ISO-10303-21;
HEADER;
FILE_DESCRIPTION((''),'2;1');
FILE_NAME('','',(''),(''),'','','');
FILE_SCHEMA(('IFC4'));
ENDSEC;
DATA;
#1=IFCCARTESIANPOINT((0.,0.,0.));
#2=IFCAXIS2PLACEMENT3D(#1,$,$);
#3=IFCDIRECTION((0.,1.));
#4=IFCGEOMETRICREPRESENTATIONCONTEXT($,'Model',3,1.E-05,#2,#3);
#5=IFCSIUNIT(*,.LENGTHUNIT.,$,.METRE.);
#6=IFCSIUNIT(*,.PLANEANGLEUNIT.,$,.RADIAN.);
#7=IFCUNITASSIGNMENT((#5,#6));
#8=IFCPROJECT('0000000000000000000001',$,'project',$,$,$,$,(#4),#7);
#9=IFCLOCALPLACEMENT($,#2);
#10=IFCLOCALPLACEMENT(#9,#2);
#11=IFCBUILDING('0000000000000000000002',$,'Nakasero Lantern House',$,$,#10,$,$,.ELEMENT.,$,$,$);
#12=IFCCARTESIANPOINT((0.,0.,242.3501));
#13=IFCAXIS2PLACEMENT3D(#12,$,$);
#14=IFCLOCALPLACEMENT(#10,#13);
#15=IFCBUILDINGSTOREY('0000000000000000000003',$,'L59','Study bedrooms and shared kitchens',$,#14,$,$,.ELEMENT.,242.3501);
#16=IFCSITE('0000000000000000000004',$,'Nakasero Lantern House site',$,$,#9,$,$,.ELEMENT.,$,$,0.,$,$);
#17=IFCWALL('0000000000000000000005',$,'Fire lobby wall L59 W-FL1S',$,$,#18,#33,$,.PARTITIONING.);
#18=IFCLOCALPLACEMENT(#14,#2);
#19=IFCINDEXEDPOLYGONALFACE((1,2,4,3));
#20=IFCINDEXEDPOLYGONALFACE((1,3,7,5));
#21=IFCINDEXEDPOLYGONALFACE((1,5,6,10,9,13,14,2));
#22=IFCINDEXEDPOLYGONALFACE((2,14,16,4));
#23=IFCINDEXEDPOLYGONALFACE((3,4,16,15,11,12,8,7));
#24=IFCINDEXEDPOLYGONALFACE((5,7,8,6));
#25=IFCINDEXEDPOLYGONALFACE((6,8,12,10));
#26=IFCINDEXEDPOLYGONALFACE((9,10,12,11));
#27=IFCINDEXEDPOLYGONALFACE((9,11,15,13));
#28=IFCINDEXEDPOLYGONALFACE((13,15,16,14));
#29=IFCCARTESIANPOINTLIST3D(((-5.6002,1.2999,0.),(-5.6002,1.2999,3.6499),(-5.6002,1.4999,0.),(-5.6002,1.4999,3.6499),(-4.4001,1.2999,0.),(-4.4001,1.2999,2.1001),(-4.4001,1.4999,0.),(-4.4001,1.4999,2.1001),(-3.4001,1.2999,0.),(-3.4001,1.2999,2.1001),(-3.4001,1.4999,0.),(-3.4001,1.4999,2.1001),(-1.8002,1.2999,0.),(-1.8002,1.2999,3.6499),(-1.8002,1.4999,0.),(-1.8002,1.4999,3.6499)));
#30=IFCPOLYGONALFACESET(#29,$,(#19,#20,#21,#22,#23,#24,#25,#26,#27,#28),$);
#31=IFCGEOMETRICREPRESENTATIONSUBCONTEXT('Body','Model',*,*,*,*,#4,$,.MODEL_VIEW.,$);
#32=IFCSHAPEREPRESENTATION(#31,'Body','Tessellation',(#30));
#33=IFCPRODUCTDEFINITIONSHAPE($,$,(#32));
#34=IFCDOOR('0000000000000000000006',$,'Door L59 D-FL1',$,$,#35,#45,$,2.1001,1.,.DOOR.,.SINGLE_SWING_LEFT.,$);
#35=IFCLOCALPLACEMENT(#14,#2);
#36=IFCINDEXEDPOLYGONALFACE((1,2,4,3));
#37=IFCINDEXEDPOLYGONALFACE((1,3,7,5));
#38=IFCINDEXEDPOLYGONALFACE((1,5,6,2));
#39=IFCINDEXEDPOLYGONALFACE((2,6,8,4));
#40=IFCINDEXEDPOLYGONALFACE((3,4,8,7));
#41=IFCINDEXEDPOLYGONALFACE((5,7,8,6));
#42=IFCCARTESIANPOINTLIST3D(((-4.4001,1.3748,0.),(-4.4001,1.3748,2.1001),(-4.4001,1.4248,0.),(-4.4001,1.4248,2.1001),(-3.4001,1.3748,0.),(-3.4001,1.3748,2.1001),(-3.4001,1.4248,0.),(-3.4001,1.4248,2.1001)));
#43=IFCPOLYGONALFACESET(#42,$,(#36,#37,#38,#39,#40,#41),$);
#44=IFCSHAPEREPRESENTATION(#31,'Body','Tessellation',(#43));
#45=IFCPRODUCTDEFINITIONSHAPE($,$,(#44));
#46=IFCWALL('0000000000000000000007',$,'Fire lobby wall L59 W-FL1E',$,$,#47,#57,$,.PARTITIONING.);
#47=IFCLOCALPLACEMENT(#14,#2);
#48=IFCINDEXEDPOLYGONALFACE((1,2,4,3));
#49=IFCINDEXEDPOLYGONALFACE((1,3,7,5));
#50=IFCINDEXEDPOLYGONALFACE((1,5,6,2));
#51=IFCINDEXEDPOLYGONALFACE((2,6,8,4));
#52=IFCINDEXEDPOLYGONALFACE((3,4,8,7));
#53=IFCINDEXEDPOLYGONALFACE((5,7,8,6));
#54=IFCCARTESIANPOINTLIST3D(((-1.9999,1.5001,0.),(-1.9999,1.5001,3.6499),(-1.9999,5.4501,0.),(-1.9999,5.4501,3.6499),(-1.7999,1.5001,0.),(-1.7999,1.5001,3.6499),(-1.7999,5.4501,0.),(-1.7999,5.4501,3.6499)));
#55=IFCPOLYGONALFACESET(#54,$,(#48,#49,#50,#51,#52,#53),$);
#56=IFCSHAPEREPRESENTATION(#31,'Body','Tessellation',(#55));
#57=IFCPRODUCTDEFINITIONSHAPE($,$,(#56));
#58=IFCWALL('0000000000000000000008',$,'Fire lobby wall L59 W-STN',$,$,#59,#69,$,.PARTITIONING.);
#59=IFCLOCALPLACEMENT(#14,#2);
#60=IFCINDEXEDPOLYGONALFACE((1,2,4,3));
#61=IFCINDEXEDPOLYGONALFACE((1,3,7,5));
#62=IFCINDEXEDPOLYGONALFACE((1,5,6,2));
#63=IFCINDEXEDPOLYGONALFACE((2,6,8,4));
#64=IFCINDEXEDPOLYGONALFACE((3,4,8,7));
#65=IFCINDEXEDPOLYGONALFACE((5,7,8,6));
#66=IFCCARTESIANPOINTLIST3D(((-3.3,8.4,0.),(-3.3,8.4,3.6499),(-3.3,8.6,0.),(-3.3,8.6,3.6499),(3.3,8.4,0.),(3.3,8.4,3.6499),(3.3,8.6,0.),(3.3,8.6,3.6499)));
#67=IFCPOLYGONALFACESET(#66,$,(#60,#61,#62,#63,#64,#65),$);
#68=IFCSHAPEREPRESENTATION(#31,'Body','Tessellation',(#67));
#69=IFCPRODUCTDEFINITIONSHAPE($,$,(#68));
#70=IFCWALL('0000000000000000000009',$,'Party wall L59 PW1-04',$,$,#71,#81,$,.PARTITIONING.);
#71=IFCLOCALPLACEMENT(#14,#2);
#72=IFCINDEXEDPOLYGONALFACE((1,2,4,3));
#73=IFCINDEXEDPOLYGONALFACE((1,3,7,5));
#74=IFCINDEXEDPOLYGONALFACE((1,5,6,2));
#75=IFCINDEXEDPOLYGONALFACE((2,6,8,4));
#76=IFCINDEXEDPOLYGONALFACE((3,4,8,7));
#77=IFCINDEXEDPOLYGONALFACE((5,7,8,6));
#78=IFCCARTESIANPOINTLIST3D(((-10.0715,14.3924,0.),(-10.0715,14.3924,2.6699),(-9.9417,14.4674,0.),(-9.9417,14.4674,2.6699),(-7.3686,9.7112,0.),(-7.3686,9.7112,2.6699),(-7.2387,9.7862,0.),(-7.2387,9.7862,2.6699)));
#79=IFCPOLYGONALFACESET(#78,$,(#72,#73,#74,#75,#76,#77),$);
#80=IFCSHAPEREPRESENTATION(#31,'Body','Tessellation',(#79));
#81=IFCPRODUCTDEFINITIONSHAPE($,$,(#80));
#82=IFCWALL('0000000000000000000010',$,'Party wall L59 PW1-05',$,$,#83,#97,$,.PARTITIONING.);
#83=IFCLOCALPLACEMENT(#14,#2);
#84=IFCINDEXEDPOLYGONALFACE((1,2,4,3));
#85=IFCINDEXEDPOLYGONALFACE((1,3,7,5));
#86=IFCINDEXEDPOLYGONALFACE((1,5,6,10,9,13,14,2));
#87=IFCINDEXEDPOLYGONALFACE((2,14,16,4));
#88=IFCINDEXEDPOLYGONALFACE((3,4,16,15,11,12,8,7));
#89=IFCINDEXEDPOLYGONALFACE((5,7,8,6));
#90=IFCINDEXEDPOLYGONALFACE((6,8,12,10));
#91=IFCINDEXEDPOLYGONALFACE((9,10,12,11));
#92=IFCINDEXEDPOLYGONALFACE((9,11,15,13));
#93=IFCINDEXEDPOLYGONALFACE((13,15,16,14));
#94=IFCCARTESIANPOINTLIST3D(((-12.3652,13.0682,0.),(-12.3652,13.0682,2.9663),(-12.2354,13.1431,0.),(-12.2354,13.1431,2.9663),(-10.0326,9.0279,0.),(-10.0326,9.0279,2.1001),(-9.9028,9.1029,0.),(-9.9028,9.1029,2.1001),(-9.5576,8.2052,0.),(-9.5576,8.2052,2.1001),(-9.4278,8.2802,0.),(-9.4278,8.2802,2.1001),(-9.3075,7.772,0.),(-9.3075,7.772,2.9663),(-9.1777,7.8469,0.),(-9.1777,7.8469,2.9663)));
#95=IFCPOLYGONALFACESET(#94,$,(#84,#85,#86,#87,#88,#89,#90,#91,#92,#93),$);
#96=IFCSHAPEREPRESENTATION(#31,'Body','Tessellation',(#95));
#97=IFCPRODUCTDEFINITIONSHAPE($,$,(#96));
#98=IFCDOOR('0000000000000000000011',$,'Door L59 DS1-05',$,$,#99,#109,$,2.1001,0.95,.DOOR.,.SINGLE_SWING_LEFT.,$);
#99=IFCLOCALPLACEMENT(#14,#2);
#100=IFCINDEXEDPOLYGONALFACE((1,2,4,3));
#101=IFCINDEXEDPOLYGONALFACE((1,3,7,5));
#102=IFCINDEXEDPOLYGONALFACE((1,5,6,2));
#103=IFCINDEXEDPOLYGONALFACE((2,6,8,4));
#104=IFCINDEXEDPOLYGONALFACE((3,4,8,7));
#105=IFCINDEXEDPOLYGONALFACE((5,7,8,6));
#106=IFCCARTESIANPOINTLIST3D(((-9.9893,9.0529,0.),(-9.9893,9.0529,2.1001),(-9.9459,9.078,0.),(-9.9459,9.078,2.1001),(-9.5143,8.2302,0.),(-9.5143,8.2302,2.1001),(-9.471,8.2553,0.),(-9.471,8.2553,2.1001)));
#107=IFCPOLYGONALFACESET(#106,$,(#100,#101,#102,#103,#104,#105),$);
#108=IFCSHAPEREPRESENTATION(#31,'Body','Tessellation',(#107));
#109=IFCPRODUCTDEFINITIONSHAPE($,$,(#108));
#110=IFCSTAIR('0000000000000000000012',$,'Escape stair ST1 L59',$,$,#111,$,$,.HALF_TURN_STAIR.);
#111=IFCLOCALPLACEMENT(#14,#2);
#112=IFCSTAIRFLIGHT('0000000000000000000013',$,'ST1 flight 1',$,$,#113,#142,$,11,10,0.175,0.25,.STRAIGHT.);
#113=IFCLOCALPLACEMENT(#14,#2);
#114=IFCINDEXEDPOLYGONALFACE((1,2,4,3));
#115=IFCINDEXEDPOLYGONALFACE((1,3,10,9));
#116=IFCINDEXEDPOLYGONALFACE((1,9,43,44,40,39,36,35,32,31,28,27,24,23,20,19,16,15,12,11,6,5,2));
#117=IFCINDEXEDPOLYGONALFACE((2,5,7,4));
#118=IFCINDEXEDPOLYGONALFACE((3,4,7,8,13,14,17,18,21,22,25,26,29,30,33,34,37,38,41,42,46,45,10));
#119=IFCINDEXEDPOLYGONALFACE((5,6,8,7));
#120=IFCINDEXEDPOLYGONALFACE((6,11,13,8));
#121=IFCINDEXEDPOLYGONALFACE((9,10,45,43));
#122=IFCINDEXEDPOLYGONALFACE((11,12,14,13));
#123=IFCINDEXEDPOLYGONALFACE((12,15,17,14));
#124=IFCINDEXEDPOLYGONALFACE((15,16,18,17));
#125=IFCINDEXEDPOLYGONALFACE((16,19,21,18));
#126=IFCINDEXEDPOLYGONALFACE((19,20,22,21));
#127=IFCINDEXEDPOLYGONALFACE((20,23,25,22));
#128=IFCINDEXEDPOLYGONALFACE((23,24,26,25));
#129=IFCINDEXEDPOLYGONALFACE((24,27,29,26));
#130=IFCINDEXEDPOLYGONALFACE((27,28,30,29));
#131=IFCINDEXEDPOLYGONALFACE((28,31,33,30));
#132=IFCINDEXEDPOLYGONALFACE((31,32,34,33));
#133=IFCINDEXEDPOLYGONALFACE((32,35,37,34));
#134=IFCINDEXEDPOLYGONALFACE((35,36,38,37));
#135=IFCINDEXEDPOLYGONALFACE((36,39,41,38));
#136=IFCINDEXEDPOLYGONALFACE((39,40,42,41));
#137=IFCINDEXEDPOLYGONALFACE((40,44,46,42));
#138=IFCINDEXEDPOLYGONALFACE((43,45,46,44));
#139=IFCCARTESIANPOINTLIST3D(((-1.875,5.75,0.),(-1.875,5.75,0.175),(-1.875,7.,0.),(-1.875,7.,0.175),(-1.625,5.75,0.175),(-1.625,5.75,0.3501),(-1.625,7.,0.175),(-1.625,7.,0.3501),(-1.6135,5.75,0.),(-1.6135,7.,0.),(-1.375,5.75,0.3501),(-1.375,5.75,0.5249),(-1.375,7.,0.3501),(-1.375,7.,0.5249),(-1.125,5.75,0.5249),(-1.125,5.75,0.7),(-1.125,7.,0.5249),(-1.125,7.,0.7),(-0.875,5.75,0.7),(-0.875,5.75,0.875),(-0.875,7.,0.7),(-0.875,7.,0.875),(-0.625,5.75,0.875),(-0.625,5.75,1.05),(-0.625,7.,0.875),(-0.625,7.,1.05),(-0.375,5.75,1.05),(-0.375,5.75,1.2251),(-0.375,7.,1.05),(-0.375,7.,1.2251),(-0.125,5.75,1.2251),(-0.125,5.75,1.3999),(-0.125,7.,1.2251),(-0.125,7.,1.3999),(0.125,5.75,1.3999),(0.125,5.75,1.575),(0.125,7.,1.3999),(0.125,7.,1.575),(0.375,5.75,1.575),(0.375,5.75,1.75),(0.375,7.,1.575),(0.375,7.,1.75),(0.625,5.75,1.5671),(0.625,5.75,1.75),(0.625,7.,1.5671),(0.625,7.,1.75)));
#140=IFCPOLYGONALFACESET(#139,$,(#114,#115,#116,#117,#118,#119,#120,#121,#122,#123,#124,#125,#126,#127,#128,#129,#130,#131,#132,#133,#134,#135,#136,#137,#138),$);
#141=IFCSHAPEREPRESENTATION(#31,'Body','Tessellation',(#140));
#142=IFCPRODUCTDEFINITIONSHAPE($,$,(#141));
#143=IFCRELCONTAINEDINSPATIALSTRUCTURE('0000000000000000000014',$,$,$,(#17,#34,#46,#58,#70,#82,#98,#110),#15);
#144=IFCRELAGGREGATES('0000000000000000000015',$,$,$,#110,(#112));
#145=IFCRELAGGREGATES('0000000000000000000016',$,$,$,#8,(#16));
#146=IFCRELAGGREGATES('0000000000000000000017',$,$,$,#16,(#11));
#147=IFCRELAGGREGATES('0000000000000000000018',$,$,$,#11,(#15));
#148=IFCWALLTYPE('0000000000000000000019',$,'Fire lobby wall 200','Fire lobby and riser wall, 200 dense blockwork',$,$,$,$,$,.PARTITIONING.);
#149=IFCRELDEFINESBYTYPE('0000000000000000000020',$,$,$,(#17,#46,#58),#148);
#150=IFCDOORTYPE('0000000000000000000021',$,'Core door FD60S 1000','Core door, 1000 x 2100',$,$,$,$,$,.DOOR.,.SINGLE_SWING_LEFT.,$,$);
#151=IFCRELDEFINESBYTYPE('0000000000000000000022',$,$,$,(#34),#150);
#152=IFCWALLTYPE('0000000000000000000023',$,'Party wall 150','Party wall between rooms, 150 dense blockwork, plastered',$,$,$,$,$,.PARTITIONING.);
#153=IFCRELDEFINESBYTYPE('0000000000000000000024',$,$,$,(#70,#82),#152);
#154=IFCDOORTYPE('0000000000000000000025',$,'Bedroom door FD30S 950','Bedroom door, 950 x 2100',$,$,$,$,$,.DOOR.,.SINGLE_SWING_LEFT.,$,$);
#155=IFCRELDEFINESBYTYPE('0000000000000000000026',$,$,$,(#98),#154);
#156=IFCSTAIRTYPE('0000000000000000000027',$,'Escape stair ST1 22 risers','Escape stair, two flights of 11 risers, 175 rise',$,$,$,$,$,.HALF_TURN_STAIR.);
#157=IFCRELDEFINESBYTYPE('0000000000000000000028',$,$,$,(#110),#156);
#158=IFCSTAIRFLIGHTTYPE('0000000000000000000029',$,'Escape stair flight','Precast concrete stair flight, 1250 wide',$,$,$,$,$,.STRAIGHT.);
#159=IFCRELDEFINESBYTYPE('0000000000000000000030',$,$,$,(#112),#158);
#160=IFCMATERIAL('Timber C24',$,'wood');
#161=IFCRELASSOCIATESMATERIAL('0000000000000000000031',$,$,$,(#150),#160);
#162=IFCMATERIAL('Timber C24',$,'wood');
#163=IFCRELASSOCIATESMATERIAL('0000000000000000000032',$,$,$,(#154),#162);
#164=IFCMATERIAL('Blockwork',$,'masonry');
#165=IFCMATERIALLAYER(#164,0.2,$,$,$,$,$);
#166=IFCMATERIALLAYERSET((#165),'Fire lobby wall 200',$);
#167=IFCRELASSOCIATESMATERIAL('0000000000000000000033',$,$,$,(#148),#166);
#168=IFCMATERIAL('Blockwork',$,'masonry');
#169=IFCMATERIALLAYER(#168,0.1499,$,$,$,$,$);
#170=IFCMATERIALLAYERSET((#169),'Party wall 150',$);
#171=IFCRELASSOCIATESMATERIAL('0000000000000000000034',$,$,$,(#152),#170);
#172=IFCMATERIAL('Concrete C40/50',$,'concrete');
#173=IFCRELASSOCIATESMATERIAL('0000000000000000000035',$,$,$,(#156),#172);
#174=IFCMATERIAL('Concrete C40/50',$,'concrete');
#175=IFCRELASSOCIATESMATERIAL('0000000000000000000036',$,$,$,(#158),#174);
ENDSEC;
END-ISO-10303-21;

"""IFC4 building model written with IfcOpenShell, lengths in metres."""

from ifc_helpers import new_model, si_unit, direction, frame, frame_2d, origin, place, context, subcontext, project, spatial, polyline, rectangle, outline, extrude, material, layer, layer_set, type_object, element, fill, aggregate, save


model = new_model("IFC4")

# Units and contexts
model_context = context("Model", 3, precision=1e-05, world=origin(), true_north=direction((0.0, 1.0)))
body_context = subcontext(model_context, "Body", "Model", "MODEL_VIEW")
ifc_project = project(units=[si_unit("LENGTHUNIT", "METRE"), si_unit("PLANEANGLEUNIT", "RADIAN")], contexts=[model_context])

# Site, building, storey
site_placement = place(None, origin())
site = spatial("IfcSite", under=ifc_project, at=site_placement, Name="Nakasero Lantern House site", CompositionType="ELEMENT", RefElevation=0.0)
building_placement = place(site_placement, origin())
building = spatial("IfcBuilding", under=site, at=building_placement, Name="Nakasero Lantern House", CompositionType="ELEMENT")
storey_placement = place(building_placement, frame((0.0, 0.0, 242.3501)))
storey = spatial("IfcBuildingStorey", under=building, at=storey_placement, Name="L59", Description="Study bedrooms and shared kitchens", CompositionType="ELEMENT", Elevation=242.3501)

# Shared definitions
ifc_material_1 = material(Name="Timber C24", Category="wood")
door_type_1 = type_object("IfcDoorType", Name="Core door FD60S 1000", Description="Core door, 1000 x 2100", OperationType="SINGLE_SWING_LEFT", PredefinedType="DOOR", material=ifc_material_1)

# Wall, opening, door
ifc_material_2 = material(Name="Timber C24", Category="wood")
door_type_2 = type_object("IfcDoorType", Name="Bedroom door FD30S 950", Description="Bedroom door, 950 x 2100", OperationType="SINGLE_SWING_LEFT", PredefinedType="DOOR", material=ifc_material_2)
ifc_material_3 = material(Name="Blockwork", Category="masonry")
ifc_layer_1 = layer(ifc_material_3, 0.2)
ifc_layer_set_1 = layer_set([ifc_layer_1], Name="Fire lobby wall 200")
wall_type_1 = type_object("IfcWallType", Name="Fire lobby wall 200", Description="Fire lobby and riser wall, 200 dense blockwork", PredefinedType="PARTITIONING", material=ifc_layer_set_1)
wall_1_placement = place(storey_placement, frame((-5.6001, 1.3999, 0.0), z_axis=(0.0, 0.0, 1.0), x_axis=(1.0, 0.0, 0.0)))
wall_1 = element("IfcWall", 1, at=wall_1_placement, inside=storey, type_object=wall_type_1, Name="Fire lobby wall L59 W-FL1S", PredefinedType="PARTITIONING", context=body_context, shape_type="SweptSolid", body=[
    extrude(rectangle(XDim=3.8, YDim=0.2, at=frame_2d((1.8999, 0.0))), origin(), (0.0, 0.0, 1.0), 3.6499),
])
opening_1_placement = place(wall_1_placement, frame((1.2, 0.0, 0.0)))
opening_1 = element("IfcOpeningElement", 2, at=opening_1_placement, cuts=wall_1, PredefinedType="OPENING", context=body_context, shape_type="SweptSolid", body=[
    extrude(rectangle(XDim=1.0, YDim=2.1001, at=frame_2d((0.5, 1.05))), frame((0.0, 0.1199, 0.0), z_axis=(0.0, -1.0, 0.0), x_axis=(1.0, 0.0, 0.0)), (0.0, 0.0, 1.0), 0.24),
])
door_1_placement = place(opening_1_placement, origin())
door_1 = element("IfcDoor", 3, at=door_1_placement, inside=storey, type_object=door_type_1, Name="Door L59 D-FL1", OperationType="SINGLE_SWING_LEFT", OverallHeight=2.1001, OverallWidth=1.0, PredefinedType="DOOR", context=body_context, shape_type="SweptSolid", body=[
    extrude(rectangle(XDim=1.0, YDim=2.1001, at=frame_2d((0.5, 1.05))), frame((0.0, 0.0249, 0.0), z_axis=(0.0, -1.0, 0.0), x_axis=(1.0, 0.0, 0.0)), (0.0, 0.0, 1.0), 0.05),
])
fill(opening_1, door_1)

# Walls
wall_2_placement = place(storey_placement, frame((-1.8999, 1.5, 0.0), z_axis=(0.0, 0.0, 1.0), x_axis=(0.0, 1.0, 0.0)))
element("IfcWall", 4, at=wall_2_placement, inside=storey, type_object=wall_type_1, Name="Fire lobby wall L59 W-FL1E", PredefinedType="PARTITIONING", context=body_context, shape_type="SweptSolid", body=[
    extrude(rectangle(XDim=3.95, YDim=0.2, at=frame_2d((1.9751, 0.0))), origin(), (0.0, 0.0, 1.0), 3.6499),
])
wall_3_placement = place(storey_placement, frame((-3.3, 8.5, 0.0), z_axis=(0.0, 0.0, 1.0), x_axis=(1.0, 0.0, 0.0)))
element("IfcWall", 5, at=wall_3_placement, inside=storey, type_object=wall_type_1, Name="Fire lobby wall L59 W-STN", PredefinedType="PARTITIONING", context=body_context, shape_type="SweptSolid", body=[
    extrude(rectangle(XDim=6.6001, YDim=0.2, at=frame_2d((3.3, 0.0))), origin(), (0.0, 0.0, 1.0), 3.6499),
])
ifc_material_4 = material(Name="Blockwork", Category="masonry")
ifc_layer_2 = layer(ifc_material_4, 0.1499)
ifc_layer_set_2 = layer_set([ifc_layer_2], Name="Party wall 150")
wall_type_2 = type_object("IfcWallType", Name="Party wall 150", Description="Party wall between rooms, 150 dense blockwork, plastered", PredefinedType="PARTITIONING", material=ifc_layer_set_2)
wall_4_placement = place(storey_placement, frame((-7.3037, 9.7488, 0.0), z_axis=(0.0, 0.0, 1.0), x_axis=(-0.50003, 0.866008, 0.0)))
element("IfcWall", 6, at=wall_4_placement, inside=storey, type_object=wall_type_2, Name="Party wall L59 PW1-04", PredefinedType="PARTITIONING", context=body_context, shape_type="SweptSolid", body=[
    extrude(rectangle(XDim=5.4055, YDim=0.1499, at=frame_2d((2.7026, 0.0))), origin(), (0.0, 0.0, 1.0), 2.6699),
])

# Wall, opening, door
wall_5_placement = place(storey_placement, frame((-9.2427, 7.8096, 0.0), z_axis=(0.0, 0.0, 1.0), x_axis=(-0.499986, 0.866033, 0.0)))
wall_5 = element("IfcWall", 7, at=wall_5_placement, inside=storey, type_object=wall_type_2, Name="Party wall L59 PW1-05", PredefinedType="PARTITIONING", context=body_context, shape_type="SweptSolid", body=[
    extrude(rectangle(XDim=6.1155, YDim=0.1499, at=frame_2d((3.0576, 0.0))), origin(), (0.0, 0.0, 1.0), 2.9663),
])
opening_2_placement = place(wall_5_placement, frame((0.5, 0.0, 0.0)))
opening_2 = element("IfcOpeningElement", 8, at=opening_2_placement, cuts=wall_5, PredefinedType="OPENING", context=body_context, shape_type="SweptSolid", body=[
    extrude(rectangle(XDim=0.95, YDim=2.1001, at=frame_2d((0.4751, 1.05))), frame((0.0, 0.095, 0.0), z_axis=(0.0, -1.0, 0.0), x_axis=(1.0, 0.0, 0.0)), (0.0, 0.0, 1.0), 0.1899),
])
door_2_placement = place(opening_2_placement, origin())
door_2 = element("IfcDoor", 9, at=door_2_placement, inside=storey, type_object=door_type_2, Name="Door L59 DS1-05", OperationType="SINGLE_SWING_LEFT", OverallHeight=2.1001, OverallWidth=0.95, PredefinedType="DOOR", context=body_context, shape_type="SweptSolid", body=[
    extrude(rectangle(XDim=0.95, YDim=2.1001, at=frame_2d((0.4751, 1.05))), frame((0.0, 0.0249, 0.0), z_axis=(0.0, -1.0, 0.0), x_axis=(1.0, 0.0, 0.0)), (0.0, 0.0, 1.0), 0.05),
])
fill(opening_2, door_2)

# Stair, stair flight
ifc_material_5 = material(Name="Concrete C40/50", Category="concrete")
stair_type = type_object("IfcStairType", Name="Escape stair ST1 22 risers", Description="Escape stair, two flights of 11 risers, 175 rise", PredefinedType="HALF_TURN_STAIR", material=ifc_material_5)
stair_placement = place(storey_placement, origin())
stair = element("IfcStair", 10, at=stair_placement, inside=storey, type_object=stair_type, Name="Escape stair ST1 L59", PredefinedType="HALF_TURN_STAIR")
ifc_material_6 = material(Name="Concrete C40/50", Category="concrete")
stair_flight_type = type_object("IfcStairFlightType", Name="Escape stair flight", Description="Precast concrete stair flight, 1250 wide", PredefinedType="STRAIGHT", material=ifc_material_6)
stair_flight_placement = place(storey_placement, frame((-1.875, 6.375, 0.0), z_axis=(0.0, 0.0, 1.0), x_axis=(1.0, 0.0, 0.0)))
stair_flight = element("IfcStairFlight", 11, at=stair_flight_placement, type_object=stair_flight_type, Name="ST1 flight 1", NumberOfRisers=11, NumberOfTreads=10, PredefinedType="STRAIGHT", RiserHeight=0.175, TreadLength=0.25, context=body_context, shape_type="SweptSolid", body=[
    extrude(outline(polyline([(0.0, 0.0), (0.0, 0.175), (0.25, 0.175), (0.25, 0.3501), (0.5, 0.3501), (0.5, 0.5249), (0.75, 0.5249), (0.75, 0.7), (1.0, 0.7), (1.0, 0.875), (1.25, 0.875), (1.25, 1.05), (1.5, 1.05), (1.5, 1.2251), (1.75, 1.2251), (1.75, 1.3999), (2.0, 1.3999), (2.0, 1.575), (2.25, 1.575), (2.25, 1.75), (2.5, 1.75), (2.5, 1.925), (2.5, 1.5671), (0.2615, 0.0), (0.0, 0.0)])), frame((0.0, 0.625, 0.0), z_axis=(0.0, -1.0, 0.0), x_axis=(1.0, 0.0, 0.0)), (0.0, 0.0, 1.0), 1.25),
])
aggregate(stair, [stair_flight])

save(model, "model.ifc")
